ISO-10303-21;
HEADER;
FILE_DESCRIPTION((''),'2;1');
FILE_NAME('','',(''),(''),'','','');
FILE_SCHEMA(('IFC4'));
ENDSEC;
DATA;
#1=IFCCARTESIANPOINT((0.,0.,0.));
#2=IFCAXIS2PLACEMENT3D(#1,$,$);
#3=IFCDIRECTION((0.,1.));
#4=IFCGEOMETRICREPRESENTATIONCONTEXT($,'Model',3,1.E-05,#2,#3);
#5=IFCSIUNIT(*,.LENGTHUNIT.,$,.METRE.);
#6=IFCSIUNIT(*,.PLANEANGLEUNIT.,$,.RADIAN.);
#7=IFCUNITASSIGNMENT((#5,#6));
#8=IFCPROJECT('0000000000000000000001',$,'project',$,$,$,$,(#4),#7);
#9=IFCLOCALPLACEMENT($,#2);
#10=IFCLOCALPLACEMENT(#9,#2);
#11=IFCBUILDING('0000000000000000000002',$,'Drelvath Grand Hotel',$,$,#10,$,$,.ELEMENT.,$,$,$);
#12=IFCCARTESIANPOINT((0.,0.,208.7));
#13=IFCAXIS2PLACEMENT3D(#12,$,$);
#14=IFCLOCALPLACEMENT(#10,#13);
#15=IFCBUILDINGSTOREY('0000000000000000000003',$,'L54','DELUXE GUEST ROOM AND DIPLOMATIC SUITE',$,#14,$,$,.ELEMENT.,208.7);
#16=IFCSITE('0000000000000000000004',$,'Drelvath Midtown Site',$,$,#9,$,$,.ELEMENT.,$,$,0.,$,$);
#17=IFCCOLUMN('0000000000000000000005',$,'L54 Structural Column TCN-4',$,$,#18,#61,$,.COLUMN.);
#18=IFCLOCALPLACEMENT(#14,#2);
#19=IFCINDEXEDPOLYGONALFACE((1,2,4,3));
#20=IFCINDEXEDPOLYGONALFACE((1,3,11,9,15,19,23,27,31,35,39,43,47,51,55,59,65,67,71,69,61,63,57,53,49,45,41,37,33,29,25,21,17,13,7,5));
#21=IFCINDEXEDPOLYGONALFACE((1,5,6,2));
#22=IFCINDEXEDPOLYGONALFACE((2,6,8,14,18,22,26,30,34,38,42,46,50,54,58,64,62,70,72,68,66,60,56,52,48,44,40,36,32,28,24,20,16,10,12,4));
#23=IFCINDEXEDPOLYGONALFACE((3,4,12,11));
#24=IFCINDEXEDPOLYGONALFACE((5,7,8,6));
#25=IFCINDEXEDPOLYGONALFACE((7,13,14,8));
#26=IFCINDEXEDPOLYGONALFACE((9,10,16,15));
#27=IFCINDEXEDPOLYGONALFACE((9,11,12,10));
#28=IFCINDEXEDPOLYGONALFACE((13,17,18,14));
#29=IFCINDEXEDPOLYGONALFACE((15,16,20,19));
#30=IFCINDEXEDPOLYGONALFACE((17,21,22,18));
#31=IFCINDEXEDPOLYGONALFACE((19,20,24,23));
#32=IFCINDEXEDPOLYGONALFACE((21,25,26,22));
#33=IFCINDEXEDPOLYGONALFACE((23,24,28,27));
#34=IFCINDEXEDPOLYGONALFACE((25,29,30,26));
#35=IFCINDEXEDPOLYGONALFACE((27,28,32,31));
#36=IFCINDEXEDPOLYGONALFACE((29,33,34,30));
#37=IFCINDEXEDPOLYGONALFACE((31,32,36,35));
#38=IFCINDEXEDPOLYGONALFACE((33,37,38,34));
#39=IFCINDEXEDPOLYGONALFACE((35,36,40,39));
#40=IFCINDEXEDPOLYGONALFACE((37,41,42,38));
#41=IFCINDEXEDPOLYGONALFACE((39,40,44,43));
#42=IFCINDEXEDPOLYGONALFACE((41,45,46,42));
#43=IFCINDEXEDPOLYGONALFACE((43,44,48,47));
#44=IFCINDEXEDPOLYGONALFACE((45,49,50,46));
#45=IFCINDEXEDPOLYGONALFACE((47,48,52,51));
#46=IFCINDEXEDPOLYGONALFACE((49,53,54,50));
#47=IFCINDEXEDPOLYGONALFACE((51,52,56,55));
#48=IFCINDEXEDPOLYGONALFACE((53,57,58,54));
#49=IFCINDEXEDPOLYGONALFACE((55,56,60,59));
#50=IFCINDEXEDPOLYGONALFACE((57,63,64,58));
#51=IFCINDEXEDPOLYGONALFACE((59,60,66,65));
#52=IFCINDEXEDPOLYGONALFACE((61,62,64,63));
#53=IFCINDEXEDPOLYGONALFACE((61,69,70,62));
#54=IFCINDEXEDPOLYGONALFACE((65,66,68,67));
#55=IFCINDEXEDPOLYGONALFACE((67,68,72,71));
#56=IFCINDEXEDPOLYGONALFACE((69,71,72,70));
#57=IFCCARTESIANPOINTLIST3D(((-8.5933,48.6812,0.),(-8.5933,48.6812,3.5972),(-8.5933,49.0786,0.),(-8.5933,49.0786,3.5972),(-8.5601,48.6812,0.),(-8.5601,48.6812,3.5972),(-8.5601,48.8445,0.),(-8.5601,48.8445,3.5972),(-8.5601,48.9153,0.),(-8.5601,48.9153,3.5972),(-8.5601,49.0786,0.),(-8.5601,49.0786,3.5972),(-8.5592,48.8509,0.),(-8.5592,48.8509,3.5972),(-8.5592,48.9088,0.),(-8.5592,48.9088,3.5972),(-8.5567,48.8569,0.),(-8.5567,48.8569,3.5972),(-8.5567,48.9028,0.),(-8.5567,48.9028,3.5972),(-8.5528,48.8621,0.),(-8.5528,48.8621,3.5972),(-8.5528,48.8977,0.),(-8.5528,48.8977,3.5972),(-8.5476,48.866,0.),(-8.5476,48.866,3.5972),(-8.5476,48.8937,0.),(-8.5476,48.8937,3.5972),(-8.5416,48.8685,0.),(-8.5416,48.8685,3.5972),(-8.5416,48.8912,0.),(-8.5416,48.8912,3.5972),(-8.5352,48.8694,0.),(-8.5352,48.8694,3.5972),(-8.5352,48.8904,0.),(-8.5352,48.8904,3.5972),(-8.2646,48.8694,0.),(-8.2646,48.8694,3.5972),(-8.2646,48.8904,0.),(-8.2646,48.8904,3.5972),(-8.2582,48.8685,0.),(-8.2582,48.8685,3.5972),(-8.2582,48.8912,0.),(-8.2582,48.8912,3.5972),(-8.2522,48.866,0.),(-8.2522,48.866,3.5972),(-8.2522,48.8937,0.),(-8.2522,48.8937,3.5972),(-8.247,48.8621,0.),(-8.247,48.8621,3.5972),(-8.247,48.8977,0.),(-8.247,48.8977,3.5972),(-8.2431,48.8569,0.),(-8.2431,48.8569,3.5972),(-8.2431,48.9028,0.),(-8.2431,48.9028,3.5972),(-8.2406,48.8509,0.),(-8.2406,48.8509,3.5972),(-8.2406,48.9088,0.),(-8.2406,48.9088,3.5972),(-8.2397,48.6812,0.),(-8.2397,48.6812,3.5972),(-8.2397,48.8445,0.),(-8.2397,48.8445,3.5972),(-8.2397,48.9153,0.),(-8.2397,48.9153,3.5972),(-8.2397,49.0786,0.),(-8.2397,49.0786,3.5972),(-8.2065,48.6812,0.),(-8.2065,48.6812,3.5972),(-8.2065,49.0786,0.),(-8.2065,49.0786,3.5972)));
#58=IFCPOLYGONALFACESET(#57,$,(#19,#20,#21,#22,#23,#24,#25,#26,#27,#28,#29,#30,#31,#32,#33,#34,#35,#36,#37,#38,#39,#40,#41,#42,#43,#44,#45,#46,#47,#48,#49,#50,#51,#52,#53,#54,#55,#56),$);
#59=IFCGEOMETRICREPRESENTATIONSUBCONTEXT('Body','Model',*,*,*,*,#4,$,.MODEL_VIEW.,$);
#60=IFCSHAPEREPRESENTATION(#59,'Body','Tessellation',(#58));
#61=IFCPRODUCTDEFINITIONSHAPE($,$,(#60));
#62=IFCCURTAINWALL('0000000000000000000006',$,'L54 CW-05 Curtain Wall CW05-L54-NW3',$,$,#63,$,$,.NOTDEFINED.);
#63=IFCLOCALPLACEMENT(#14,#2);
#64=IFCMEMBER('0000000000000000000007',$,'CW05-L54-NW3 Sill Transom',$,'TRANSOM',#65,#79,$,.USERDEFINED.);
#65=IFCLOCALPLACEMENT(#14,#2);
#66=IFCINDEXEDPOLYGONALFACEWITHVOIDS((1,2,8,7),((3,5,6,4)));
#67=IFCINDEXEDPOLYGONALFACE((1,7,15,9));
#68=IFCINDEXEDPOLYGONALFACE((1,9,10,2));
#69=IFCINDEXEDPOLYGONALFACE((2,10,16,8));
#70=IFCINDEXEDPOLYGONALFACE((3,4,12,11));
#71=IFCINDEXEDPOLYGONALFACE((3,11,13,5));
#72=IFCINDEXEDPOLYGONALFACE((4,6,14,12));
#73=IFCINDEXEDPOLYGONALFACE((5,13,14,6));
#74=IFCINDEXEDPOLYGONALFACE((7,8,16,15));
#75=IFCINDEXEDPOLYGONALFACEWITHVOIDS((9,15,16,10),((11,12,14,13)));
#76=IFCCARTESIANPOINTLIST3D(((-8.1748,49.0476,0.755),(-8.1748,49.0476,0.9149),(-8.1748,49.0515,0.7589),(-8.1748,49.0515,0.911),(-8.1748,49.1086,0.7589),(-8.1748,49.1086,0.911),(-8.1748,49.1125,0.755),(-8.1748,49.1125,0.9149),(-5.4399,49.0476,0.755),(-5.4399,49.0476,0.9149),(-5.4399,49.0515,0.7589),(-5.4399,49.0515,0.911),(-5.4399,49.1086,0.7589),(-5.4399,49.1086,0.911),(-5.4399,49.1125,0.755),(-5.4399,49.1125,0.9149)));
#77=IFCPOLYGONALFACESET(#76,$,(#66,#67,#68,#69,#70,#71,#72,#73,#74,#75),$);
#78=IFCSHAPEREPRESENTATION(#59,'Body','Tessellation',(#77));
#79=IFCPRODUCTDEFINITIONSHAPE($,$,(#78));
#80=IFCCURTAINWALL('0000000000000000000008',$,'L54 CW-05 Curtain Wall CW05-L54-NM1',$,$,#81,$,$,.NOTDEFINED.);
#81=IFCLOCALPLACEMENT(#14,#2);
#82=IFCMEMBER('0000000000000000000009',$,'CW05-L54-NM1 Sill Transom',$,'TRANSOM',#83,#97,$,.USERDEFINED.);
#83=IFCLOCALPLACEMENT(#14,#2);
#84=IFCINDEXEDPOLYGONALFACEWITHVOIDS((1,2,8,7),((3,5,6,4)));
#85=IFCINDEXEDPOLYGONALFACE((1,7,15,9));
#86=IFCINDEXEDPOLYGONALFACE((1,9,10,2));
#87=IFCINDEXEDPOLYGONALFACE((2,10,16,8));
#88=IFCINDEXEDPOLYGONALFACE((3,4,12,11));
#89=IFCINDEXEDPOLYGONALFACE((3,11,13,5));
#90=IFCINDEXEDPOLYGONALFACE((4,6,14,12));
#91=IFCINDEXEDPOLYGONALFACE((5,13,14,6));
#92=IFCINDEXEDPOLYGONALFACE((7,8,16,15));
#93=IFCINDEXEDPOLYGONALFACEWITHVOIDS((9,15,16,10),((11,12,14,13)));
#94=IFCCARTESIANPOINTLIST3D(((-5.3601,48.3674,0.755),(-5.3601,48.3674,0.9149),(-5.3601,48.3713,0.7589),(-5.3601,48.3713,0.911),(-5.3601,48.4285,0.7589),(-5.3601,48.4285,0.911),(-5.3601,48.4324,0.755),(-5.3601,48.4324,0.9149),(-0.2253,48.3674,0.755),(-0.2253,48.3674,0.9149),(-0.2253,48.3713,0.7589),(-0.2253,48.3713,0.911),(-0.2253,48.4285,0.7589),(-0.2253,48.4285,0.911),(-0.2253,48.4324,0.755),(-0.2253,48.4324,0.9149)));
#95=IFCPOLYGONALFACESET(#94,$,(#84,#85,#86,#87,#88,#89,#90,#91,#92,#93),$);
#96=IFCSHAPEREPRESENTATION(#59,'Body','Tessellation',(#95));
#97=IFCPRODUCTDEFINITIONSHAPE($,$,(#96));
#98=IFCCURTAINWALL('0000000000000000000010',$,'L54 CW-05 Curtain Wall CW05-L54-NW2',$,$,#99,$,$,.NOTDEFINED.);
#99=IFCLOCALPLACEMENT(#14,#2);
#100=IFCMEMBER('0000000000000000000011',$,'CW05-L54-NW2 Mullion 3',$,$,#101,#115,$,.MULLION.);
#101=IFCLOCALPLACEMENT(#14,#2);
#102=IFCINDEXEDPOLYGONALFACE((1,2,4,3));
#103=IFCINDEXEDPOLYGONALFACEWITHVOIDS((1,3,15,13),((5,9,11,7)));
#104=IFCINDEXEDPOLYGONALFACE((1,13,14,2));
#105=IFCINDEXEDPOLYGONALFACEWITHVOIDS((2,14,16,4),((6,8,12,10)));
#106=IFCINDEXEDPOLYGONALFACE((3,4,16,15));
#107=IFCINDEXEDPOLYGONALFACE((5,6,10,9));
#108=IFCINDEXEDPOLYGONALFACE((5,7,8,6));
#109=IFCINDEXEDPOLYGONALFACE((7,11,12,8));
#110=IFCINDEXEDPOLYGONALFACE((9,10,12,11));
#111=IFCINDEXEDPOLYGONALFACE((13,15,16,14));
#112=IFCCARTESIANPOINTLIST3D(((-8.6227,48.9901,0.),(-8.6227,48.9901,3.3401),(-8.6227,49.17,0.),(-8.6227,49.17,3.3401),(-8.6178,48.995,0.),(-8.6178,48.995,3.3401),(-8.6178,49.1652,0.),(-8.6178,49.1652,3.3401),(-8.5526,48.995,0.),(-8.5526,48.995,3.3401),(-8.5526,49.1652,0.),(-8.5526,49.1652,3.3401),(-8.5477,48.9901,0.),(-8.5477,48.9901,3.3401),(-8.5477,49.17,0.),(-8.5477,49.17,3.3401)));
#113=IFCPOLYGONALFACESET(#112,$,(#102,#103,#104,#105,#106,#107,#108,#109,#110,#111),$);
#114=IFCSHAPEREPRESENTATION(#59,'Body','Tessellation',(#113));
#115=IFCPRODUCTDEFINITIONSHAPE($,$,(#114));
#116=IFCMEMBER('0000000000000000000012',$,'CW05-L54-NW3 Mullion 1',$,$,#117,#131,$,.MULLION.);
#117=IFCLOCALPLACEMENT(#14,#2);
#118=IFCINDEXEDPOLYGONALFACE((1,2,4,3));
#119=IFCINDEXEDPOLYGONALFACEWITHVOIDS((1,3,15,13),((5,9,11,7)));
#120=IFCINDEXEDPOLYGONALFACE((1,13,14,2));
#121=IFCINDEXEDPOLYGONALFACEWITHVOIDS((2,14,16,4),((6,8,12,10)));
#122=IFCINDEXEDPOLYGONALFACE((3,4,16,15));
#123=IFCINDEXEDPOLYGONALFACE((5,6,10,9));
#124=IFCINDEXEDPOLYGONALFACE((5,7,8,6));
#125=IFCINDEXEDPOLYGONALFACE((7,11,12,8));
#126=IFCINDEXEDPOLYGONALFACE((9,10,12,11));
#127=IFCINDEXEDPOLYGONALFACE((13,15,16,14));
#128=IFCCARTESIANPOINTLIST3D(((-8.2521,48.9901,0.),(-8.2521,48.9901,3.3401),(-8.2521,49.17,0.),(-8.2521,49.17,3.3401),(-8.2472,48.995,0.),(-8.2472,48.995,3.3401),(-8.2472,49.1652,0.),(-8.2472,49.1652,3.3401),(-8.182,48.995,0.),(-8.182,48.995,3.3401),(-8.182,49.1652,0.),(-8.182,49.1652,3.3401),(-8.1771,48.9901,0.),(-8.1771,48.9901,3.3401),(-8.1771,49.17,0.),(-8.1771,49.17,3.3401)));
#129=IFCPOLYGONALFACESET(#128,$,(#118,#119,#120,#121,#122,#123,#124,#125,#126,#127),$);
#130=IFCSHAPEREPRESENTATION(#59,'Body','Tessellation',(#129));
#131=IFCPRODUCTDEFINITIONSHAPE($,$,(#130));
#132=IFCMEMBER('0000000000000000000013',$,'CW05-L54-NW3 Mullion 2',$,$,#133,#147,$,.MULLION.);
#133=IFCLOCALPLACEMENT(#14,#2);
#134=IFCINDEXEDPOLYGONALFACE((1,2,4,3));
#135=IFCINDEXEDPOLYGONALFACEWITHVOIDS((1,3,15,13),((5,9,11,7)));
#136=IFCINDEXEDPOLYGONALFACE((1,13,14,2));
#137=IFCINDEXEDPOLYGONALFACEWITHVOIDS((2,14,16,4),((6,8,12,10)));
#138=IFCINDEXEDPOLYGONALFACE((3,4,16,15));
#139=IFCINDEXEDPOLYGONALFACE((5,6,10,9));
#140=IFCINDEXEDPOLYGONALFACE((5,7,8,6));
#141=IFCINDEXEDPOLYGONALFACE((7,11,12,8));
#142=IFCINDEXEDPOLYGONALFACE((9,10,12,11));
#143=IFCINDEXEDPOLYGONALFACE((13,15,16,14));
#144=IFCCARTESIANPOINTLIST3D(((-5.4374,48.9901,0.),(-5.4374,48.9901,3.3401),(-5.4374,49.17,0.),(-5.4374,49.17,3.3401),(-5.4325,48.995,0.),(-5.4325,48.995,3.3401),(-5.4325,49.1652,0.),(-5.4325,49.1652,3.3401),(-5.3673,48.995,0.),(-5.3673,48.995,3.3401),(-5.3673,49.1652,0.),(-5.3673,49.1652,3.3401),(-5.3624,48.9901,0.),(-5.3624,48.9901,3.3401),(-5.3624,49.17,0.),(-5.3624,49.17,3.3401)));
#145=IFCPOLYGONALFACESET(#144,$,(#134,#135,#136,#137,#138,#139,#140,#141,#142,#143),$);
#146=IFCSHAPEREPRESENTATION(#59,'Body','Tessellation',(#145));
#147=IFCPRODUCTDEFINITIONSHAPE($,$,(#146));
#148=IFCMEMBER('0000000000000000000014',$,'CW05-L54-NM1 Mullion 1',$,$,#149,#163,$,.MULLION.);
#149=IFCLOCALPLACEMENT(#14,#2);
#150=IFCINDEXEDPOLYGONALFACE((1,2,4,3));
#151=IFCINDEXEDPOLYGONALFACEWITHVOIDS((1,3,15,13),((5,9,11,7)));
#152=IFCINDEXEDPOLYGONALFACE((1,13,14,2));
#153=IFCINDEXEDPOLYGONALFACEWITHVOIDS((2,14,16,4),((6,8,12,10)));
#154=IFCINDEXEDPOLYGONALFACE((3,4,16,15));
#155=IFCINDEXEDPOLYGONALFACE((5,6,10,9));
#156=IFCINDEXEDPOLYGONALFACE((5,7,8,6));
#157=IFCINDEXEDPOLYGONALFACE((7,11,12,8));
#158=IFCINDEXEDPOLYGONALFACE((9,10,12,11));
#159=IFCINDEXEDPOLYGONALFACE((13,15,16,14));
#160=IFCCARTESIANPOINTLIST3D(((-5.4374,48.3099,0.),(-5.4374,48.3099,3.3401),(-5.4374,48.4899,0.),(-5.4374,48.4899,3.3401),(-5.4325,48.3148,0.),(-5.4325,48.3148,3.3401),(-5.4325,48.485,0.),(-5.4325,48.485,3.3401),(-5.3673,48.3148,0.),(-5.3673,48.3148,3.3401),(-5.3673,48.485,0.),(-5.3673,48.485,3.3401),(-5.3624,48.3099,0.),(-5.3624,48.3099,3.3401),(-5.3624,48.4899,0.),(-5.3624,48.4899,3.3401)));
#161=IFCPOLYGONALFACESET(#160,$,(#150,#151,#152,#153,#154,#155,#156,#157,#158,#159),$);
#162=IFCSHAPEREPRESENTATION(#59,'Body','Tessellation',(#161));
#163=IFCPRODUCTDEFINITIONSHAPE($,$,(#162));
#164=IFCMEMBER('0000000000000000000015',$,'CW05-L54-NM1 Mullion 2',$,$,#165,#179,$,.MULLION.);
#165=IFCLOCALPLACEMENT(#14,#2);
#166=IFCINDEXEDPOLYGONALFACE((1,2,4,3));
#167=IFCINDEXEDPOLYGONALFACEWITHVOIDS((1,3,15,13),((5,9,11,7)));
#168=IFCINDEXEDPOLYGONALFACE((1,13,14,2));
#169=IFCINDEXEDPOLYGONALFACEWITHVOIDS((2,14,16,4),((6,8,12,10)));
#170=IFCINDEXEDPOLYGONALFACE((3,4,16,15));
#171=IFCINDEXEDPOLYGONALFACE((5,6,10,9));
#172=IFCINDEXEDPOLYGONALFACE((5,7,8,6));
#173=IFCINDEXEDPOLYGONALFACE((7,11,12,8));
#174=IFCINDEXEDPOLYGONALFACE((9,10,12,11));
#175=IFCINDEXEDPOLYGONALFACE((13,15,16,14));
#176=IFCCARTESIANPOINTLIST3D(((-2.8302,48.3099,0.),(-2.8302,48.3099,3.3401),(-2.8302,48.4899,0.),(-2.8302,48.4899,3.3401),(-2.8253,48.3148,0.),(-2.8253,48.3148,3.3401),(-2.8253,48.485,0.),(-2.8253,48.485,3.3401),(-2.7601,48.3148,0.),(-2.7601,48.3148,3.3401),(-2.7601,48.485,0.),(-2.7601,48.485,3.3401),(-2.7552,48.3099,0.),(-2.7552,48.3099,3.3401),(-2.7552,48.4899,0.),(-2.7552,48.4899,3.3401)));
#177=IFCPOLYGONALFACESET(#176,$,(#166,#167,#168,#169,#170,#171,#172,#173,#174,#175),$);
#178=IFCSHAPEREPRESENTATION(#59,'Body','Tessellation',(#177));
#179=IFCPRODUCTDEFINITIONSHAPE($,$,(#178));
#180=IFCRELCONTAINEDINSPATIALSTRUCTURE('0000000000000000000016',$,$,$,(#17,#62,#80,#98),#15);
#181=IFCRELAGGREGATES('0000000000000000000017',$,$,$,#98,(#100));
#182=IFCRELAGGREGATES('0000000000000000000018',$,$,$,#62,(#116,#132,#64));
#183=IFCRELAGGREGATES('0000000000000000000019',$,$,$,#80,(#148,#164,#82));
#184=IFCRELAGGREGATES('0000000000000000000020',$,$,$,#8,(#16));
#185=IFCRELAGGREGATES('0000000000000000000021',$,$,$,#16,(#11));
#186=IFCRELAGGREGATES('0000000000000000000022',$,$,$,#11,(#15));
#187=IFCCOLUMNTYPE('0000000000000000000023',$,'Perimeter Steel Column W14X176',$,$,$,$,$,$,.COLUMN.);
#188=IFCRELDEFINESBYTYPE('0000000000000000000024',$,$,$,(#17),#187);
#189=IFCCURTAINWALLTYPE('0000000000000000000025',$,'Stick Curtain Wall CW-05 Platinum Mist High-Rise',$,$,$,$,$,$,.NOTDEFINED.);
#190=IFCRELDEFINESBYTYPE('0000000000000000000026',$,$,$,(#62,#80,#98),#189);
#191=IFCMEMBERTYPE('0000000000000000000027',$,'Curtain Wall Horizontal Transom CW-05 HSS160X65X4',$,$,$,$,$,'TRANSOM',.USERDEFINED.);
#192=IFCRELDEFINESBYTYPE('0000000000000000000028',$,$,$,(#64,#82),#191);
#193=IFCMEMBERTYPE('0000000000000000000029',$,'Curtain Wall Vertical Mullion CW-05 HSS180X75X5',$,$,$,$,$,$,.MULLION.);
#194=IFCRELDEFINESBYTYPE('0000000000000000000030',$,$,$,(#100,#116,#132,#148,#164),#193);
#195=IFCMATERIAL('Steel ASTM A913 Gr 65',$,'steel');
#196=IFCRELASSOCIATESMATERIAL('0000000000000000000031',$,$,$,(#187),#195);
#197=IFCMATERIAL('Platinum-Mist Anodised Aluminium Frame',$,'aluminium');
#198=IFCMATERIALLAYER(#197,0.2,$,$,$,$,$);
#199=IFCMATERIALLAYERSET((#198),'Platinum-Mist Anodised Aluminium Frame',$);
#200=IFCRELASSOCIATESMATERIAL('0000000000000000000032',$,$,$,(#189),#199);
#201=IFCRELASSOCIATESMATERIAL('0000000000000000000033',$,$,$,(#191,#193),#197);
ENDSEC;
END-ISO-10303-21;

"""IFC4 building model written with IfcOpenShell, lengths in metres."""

from ifc_helpers import new_model, si_unit, direction, frame, origin, origin_2d, place, context, subcontext, project, spatial, hollow_rectangle, i_section, extrude, material, layer, layer_set, material_profile, profile_set, type_object, element, aggregate, save


model = new_model("IFC4")

# Units and contexts
model_context = context("Model", 3, precision=1e-05, world=origin(), true_north=direction((0.0, 1.0)))
body_context = subcontext(model_context, "Body", "Model", "MODEL_VIEW")
ifc_project = project(units=[si_unit("LENGTHUNIT", "METRE"), si_unit("PLANEANGLEUNIT", "RADIAN")], contexts=[model_context])

# Site, building, storey
site_placement = place(None, origin())
site = spatial("IfcSite", under=ifc_project, at=site_placement, Name="Drelvath Midtown Site", CompositionType="ELEMENT", RefElevation=0.0)
building_placement = place(site_placement, origin())
building = spatial("IfcBuilding", under=site, at=building_placement, Name="Drelvath Grand Hotel", CompositionType="ELEMENT")
storey_placement = place(building_placement, frame((0.0, 0.0, 208.7)))
storey = spatial("IfcBuildingStorey", under=building, at=storey_placement, Name="L54", Description="DELUXE GUEST ROOM AND DIPLOMATIC SUITE", CompositionType="ELEMENT", Elevation=208.7)

# Column
ifc_material_1 = material(Name="Steel ASTM A913 Gr 65", Category="steel")
ifc_material_profile_1 = material_profile(ifc_material_1, i_section(OverallWidth=0.3975, OverallDepth=0.3867, WebThickness=0.021, FlangeThickness=0.0332, FilletRadius=0.0249, at=origin_2d()), Name="W14X176")
ifc_profile_set_1 = profile_set([ifc_material_profile_1], Name="Steel ASTM A913 Gr 65")
column_type = type_object("IfcColumnType", Name="Perimeter Steel Column W14X176", PredefinedType="COLUMN", material=ifc_profile_set_1)
column_placement = place(storey_placement, frame((-8.3999, 48.8799, 0.0), z_axis=(0.0, 0.0, 1.0), x_axis=(0.0, 1.0, 0.0)))
element("IfcColumn", 1, at=column_placement, inside=storey, type_object=column_type, Name="L54 Structural Column TCN-4", PredefinedType="COLUMN", context=body_context, shape_type="SweptSolid", body=[
    extrude(i_section(OverallWidth=0.3975, OverallDepth=0.3867, WebThickness=0.021, FlangeThickness=0.0332, FilletRadius=0.0249, at=origin_2d()), origin(), (0.0, 0.0, 1.0), 3.5972),
])

# Curtain walls, members
ifc_material_2 = material(Name="Platinum-Mist Anodised Aluminium Frame", Category="aluminium")
ifc_layer_1 = layer(ifc_material_2, 0.2)
ifc_layer_set_1 = layer_set([ifc_layer_1], Name="Platinum-Mist Anodised Aluminium Frame")
curtain_wall_type = type_object("IfcCurtainWallType", Name="Stick Curtain Wall CW-05 Platinum Mist High-Rise", PredefinedType="NOTDEFINED", material=ifc_layer_set_1)
curtain_wall_1_placement = place(storey_placement, origin())
curtain_wall_1 = element("IfcCurtainWall", 2, at=curtain_wall_1_placement, inside=storey, type_object=curtain_wall_type, Name="L54 CW-05 Curtain Wall CW05-L54-NW3", PredefinedType="NOTDEFINED")
ifc_material_profile_2 = material_profile(ifc_material_2, hollow_rectangle(XDim=0.0649, YDim=0.1599, WallThickness=0.0039, at=origin_2d()), Name="HSS160X65X4")
ifc_profile_set_2 = profile_set([ifc_material_profile_2], Name="Platinum-Mist Anodised Aluminium Frame")
member_type_1 = type_object("IfcMemberType", Name="Curtain Wall Horizontal Transom CW-05 HSS160X65X4", ElementType="TRANSOM", PredefinedType="USERDEFINED", material=ifc_profile_set_2)
member_1_placement = place(storey_placement, frame((-8.1748, 49.0801, 0.835), z_axis=(1.0, 0.0, 0.0), x_axis=(0.0, 1.0, 0.0)))
member_1 = element("IfcMember", 3, at=member_1_placement, type_object=member_type_1, Name="CW05-L54-NW3 Sill Transom", ObjectType="TRANSOM", PredefinedType="USERDEFINED", context=body_context, shape_type="SweptSolid", body=[
    extrude(hollow_rectangle(XDim=0.0649, YDim=0.1599, WallThickness=0.0039, at=origin_2d()), origin(), (0.0, 0.0, 1.0), 2.7349),
])
curtain_wall_2_placement = place(storey_placement, origin())
curtain_wall_2 = element("IfcCurtainWall", 4, at=curtain_wall_2_placement, inside=storey, type_object=curtain_wall_type, Name="L54 CW-05 Curtain Wall CW05-L54-NM1", PredefinedType="NOTDEFINED")
member_2_placement = place(storey_placement, frame((-5.3601, 48.3999, 0.835), z_axis=(1.0, 0.0, 0.0), x_axis=(0.0, 1.0, 0.0)))
member_2 = element("IfcMember", 5, at=member_2_placement, type_object=member_type_1, Name="CW05-L54-NM1 Sill Transom", ObjectType="TRANSOM", PredefinedType="USERDEFINED", context=body_context, shape_type="SweptSolid", body=[
    extrude(hollow_rectangle(XDim=0.0649, YDim=0.1599, WallThickness=0.0039, at=origin_2d()), origin(), (0.0, 0.0, 1.0), 5.1348),
])
curtain_wall_3_placement = place(storey_placement, origin())
curtain_wall_3 = element("IfcCurtainWall", 6, at=curtain_wall_3_placement, inside=storey, type_object=curtain_wall_type, Name="L54 CW-05 Curtain Wall CW05-L54-NW2", PredefinedType="NOTDEFINED")
ifc_material_profile_3 = material_profile(ifc_material_2, hollow_rectangle(XDim=0.075, YDim=0.1799, WallThickness=0.0049, at=origin_2d()), Name="HSS180X75X5")
ifc_profile_set_3 = profile_set([ifc_material_profile_3], Name="Platinum-Mist Anodised Aluminium Frame")
member_type_2 = type_object("IfcMemberType", Name="Curtain Wall Vertical Mullion CW-05 HSS180X75X5", PredefinedType="MULLION", material=ifc_profile_set_3)
member_3_placement = place(storey_placement, frame((-8.5852, 49.0801, 0.0), z_axis=(0.0, 0.0, 1.0), x_axis=(1.0, 0.0, 0.0)))
member_3 = element("IfcMember", 7, at=member_3_placement, type_object=member_type_2, Name="CW05-L54-NW2 Mullion 3", PredefinedType="MULLION", context=body_context, shape_type="SweptSolid", body=[
    extrude(hollow_rectangle(XDim=0.075, YDim=0.1799, WallThickness=0.0049, at=origin_2d()), origin(), (0.0, 0.0, 1.0), 3.3401),
])

# Members
member_4_placement = place(storey_placement, frame((-8.2146, 49.0801, 0.0), z_axis=(0.0, 0.0, 1.0), x_axis=(1.0, 0.0, 0.0)))
member_4 = element("IfcMember", 8, at=member_4_placement, type_object=member_type_2, Name="CW05-L54-NW3 Mullion 1", PredefinedType="MULLION", context=body_context, shape_type="SweptSolid", body=[
    extrude(hollow_rectangle(XDim=0.075, YDim=0.1799, WallThickness=0.0049, at=origin_2d()), origin(), (0.0, 0.0, 1.0), 3.3401),
])
member_5_placement = place(storey_placement, frame((-5.3999, 49.0801, 0.0), z_axis=(0.0, 0.0, 1.0), x_axis=(1.0, 0.0, 0.0)))
member_5 = element("IfcMember", 9, at=member_5_placement, type_object=member_type_2, Name="CW05-L54-NW3 Mullion 2", PredefinedType="MULLION", context=body_context, shape_type="SweptSolid", body=[
    extrude(hollow_rectangle(XDim=0.075, YDim=0.1799, WallThickness=0.0049, at=origin_2d()), origin(), (0.0, 0.0, 1.0), 3.3401),
])
member_6_placement = place(storey_placement, frame((-5.3999, 48.3999, 0.0), z_axis=(0.0, 0.0, 1.0), x_axis=(1.0, 0.0, 0.0)))
member_6 = element("IfcMember", 10, at=member_6_placement, type_object=member_type_2, Name="CW05-L54-NM1 Mullion 1", PredefinedType="MULLION", context=body_context, shape_type="SweptSolid", body=[
    extrude(hollow_rectangle(XDim=0.075, YDim=0.1799, WallThickness=0.0049, at=origin_2d()), origin(), (0.0, 0.0, 1.0), 3.3401),
])
member_7_placement = place(storey_placement, frame((-2.7927, 48.3999, 0.0), z_axis=(0.0, 0.0, 1.0), x_axis=(1.0, 0.0, 0.0)))
member_7 = element("IfcMember", 11, at=member_7_placement, type_object=member_type_2, Name="CW05-L54-NM1 Mullion 2", PredefinedType="MULLION", context=body_context, shape_type="SweptSolid", body=[
    extrude(hollow_rectangle(XDim=0.075, YDim=0.1799, WallThickness=0.0049, at=origin_2d()), origin(), (0.0, 0.0, 1.0), 3.3401),
])

aggregate(curtain_wall_3, [member_3])
aggregate(curtain_wall_1, [member_4, member_5, member_1])
aggregate(curtain_wall_2, [member_6, member_7, member_2])

save(model, "model.ifc")
